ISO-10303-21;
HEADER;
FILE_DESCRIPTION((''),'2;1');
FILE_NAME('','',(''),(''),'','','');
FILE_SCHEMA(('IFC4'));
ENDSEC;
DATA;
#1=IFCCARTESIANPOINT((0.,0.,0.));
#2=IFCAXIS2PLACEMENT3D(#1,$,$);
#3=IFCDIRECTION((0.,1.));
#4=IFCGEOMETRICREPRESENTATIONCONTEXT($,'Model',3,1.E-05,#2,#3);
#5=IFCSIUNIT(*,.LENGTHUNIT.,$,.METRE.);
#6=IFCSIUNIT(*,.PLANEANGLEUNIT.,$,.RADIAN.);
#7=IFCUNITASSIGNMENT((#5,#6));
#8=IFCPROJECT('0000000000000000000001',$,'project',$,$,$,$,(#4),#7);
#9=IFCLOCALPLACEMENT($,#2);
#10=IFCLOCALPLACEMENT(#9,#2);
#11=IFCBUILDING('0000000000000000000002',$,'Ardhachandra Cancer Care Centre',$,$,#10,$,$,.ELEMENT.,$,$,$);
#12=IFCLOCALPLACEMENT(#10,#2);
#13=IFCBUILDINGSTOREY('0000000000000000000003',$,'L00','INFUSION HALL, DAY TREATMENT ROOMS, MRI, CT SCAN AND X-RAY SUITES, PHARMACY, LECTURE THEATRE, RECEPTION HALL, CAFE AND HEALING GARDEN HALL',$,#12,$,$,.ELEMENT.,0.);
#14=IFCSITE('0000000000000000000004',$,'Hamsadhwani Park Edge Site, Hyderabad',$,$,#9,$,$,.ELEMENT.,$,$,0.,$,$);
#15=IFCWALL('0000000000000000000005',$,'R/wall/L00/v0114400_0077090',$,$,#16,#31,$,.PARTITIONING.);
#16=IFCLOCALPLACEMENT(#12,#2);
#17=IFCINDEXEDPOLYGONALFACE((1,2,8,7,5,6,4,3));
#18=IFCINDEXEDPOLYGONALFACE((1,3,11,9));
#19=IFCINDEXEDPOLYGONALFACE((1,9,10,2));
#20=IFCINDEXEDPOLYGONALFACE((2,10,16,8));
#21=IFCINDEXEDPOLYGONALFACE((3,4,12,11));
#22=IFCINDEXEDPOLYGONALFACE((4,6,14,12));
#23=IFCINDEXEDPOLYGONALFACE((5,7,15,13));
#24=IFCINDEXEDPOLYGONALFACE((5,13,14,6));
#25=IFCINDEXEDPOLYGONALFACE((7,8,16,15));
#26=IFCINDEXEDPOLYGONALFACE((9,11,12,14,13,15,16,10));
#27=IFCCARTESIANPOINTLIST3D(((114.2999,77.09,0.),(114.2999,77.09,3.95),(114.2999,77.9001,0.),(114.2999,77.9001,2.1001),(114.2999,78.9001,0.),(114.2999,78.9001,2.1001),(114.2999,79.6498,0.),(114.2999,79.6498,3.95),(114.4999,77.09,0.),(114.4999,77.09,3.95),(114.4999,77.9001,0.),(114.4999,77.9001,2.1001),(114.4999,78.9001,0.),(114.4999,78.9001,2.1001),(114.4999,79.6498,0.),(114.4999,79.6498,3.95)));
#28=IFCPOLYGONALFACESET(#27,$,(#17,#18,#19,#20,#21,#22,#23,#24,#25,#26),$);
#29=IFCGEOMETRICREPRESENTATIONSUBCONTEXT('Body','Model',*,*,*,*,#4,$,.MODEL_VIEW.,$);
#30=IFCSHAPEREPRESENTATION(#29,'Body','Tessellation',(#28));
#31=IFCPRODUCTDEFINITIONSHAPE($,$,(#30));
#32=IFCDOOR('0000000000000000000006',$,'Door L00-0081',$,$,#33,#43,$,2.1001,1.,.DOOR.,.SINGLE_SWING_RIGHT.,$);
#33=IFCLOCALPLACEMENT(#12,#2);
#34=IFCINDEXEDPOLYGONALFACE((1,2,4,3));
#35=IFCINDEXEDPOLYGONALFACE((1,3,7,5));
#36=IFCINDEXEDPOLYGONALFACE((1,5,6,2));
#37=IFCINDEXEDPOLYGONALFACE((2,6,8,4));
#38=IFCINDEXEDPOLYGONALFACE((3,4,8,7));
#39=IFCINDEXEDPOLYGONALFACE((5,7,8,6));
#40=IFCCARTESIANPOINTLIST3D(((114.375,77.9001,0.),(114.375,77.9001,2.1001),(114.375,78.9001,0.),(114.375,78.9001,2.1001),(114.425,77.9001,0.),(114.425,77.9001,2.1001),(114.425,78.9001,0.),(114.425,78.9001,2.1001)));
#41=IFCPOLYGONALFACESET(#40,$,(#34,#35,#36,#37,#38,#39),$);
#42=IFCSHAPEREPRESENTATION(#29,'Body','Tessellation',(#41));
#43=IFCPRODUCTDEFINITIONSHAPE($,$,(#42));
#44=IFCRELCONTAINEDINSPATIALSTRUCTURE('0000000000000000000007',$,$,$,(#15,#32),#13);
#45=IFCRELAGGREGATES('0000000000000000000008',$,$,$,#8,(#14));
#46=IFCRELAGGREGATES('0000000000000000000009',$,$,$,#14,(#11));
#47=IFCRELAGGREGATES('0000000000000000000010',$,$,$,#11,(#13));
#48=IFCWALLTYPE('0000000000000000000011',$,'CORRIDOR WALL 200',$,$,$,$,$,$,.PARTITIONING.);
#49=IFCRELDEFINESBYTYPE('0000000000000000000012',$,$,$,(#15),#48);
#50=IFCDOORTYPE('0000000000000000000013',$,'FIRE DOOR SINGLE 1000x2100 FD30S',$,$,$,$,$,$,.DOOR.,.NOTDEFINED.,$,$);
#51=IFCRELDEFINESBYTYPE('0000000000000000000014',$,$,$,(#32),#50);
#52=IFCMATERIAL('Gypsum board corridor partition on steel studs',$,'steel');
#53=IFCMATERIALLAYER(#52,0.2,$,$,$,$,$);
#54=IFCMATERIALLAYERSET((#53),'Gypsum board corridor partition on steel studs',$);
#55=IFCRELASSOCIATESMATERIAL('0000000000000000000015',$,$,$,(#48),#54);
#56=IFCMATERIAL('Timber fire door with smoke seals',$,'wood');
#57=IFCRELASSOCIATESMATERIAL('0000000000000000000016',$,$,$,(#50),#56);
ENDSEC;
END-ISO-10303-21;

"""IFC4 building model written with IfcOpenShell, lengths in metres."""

from ifc_helpers import new_model, si_unit, direction, frame, frame_2d, origin, place, context, subcontext, project, spatial, rectangle, extrude, material, layer, layer_set, type_object, element, fill, save


model = new_model("IFC4")

# Units and contexts
model_context = context("Model", 3, precision=1e-05, world=origin(), true_north=direction((0.0, 1.0)))
body_context = subcontext(model_context, "Body", "Model", "MODEL_VIEW")
ifc_project = project(units=[si_unit("LENGTHUNIT", "METRE"), si_unit("PLANEANGLEUNIT", "RADIAN")], contexts=[model_context])

# Site, building, storey
site_placement = place(None, origin())
site = spatial("IfcSite", under=ifc_project, at=site_placement, Name="Hamsadhwani Park Edge Site, Hyderabad", CompositionType="ELEMENT", RefElevation=0.0)
building_placement = place(site_placement, origin())
building = spatial("IfcBuilding", under=site, at=building_placement, Name="Ardhachandra Cancer Care Centre", CompositionType="ELEMENT")
storey_placement = place(building_placement, origin())
storey = spatial("IfcBuildingStorey", under=building, at=storey_placement, Name="L00", Description="INFUSION HALL, DAY TREATMENT ROOMS, MRI, CT SCAN AND X-RAY SUITES, PHARMACY, LECTURE THEATRE, RECEPTION HALL, CAFE AND HEALING GARDEN HALL", CompositionType="ELEMENT", Elevation=0.0)

# Wall, opening, door
ifc_material_1 = material(Name="Gypsum board corridor partition on steel studs", Category="steel")
ifc_layer_1 = layer(ifc_material_1, 0.2)
ifc_layer_set_1 = layer_set([ifc_layer_1], Name="Gypsum board corridor partition on steel studs")
wall_type = type_object("IfcWallType", Name="CORRIDOR WALL 200", PredefinedType="PARTITIONING", material=ifc_layer_set_1)
ifc_material_2 = material(Name="Timber fire door with smoke seals", Category="wood")
door_type = type_object("IfcDoorType", Name="FIRE DOOR SINGLE 1000x2100 FD30S", OperationType="NOTDEFINED", PredefinedType="DOOR", material=ifc_material_2)
wall_1_placement = place(storey_placement, frame((114.3999, 77.0901, 0.0), z_axis=(0.0, 0.0, 1.0), x_axis=(0.0, 1.0, 0.0)))
wall_1 = element("IfcWall", 1, at=wall_1_placement, inside=storey, type_object=wall_type, Name="R/wall/L00/v0114400_0077090", PredefinedType="PARTITIONING", context=body_context, shape_type="SweptSolid", body=[
    extrude(rectangle(XDim=2.5598, YDim=0.2, at=frame_2d((1.2798, 0.0))), origin(), (0.0, 0.0, 1.0), 3.95),
])
opening_1_placement = place(wall_1_placement, frame((0.8101, 0.0, 0.0)))
opening_1 = element("IfcOpeningElement", 2, at=opening_1_placement, cuts=wall_1, PredefinedType="OPENING", context=body_context, shape_type="SweptSolid", body=[
    extrude(rectangle(XDim=1.0, YDim=2.1001, at=frame_2d((0.5, 1.05))), frame((0.0, 0.1099, 0.0), z_axis=(0.0, -1.0, 0.0), x_axis=(1.0, 0.0, 0.0)), (0.0, 0.0, 1.0), 0.22),
])
door_1_placement = place(opening_1_placement, origin())
door_1 = element("IfcDoor", 3, at=door_1_placement, inside=storey, type_object=door_type, Name="Door L00-0081", OperationType="SINGLE_SWING_RIGHT", OverallHeight=2.1001, OverallWidth=1.0, PredefinedType="DOOR", context=body_context, shape_type="SweptSolid", body=[
    extrude(rectangle(XDim=1.0, YDim=2.1001, at=frame_2d((0.5, 1.05))), frame((0.0, 0.0249, 0.0), z_axis=(0.0, -1.0, 0.0), x_axis=(1.0, 0.0, 0.0)), (0.0, 0.0, 1.0), 0.05),
])
fill(opening_1, door_1)

save(model, "model.ifc")
